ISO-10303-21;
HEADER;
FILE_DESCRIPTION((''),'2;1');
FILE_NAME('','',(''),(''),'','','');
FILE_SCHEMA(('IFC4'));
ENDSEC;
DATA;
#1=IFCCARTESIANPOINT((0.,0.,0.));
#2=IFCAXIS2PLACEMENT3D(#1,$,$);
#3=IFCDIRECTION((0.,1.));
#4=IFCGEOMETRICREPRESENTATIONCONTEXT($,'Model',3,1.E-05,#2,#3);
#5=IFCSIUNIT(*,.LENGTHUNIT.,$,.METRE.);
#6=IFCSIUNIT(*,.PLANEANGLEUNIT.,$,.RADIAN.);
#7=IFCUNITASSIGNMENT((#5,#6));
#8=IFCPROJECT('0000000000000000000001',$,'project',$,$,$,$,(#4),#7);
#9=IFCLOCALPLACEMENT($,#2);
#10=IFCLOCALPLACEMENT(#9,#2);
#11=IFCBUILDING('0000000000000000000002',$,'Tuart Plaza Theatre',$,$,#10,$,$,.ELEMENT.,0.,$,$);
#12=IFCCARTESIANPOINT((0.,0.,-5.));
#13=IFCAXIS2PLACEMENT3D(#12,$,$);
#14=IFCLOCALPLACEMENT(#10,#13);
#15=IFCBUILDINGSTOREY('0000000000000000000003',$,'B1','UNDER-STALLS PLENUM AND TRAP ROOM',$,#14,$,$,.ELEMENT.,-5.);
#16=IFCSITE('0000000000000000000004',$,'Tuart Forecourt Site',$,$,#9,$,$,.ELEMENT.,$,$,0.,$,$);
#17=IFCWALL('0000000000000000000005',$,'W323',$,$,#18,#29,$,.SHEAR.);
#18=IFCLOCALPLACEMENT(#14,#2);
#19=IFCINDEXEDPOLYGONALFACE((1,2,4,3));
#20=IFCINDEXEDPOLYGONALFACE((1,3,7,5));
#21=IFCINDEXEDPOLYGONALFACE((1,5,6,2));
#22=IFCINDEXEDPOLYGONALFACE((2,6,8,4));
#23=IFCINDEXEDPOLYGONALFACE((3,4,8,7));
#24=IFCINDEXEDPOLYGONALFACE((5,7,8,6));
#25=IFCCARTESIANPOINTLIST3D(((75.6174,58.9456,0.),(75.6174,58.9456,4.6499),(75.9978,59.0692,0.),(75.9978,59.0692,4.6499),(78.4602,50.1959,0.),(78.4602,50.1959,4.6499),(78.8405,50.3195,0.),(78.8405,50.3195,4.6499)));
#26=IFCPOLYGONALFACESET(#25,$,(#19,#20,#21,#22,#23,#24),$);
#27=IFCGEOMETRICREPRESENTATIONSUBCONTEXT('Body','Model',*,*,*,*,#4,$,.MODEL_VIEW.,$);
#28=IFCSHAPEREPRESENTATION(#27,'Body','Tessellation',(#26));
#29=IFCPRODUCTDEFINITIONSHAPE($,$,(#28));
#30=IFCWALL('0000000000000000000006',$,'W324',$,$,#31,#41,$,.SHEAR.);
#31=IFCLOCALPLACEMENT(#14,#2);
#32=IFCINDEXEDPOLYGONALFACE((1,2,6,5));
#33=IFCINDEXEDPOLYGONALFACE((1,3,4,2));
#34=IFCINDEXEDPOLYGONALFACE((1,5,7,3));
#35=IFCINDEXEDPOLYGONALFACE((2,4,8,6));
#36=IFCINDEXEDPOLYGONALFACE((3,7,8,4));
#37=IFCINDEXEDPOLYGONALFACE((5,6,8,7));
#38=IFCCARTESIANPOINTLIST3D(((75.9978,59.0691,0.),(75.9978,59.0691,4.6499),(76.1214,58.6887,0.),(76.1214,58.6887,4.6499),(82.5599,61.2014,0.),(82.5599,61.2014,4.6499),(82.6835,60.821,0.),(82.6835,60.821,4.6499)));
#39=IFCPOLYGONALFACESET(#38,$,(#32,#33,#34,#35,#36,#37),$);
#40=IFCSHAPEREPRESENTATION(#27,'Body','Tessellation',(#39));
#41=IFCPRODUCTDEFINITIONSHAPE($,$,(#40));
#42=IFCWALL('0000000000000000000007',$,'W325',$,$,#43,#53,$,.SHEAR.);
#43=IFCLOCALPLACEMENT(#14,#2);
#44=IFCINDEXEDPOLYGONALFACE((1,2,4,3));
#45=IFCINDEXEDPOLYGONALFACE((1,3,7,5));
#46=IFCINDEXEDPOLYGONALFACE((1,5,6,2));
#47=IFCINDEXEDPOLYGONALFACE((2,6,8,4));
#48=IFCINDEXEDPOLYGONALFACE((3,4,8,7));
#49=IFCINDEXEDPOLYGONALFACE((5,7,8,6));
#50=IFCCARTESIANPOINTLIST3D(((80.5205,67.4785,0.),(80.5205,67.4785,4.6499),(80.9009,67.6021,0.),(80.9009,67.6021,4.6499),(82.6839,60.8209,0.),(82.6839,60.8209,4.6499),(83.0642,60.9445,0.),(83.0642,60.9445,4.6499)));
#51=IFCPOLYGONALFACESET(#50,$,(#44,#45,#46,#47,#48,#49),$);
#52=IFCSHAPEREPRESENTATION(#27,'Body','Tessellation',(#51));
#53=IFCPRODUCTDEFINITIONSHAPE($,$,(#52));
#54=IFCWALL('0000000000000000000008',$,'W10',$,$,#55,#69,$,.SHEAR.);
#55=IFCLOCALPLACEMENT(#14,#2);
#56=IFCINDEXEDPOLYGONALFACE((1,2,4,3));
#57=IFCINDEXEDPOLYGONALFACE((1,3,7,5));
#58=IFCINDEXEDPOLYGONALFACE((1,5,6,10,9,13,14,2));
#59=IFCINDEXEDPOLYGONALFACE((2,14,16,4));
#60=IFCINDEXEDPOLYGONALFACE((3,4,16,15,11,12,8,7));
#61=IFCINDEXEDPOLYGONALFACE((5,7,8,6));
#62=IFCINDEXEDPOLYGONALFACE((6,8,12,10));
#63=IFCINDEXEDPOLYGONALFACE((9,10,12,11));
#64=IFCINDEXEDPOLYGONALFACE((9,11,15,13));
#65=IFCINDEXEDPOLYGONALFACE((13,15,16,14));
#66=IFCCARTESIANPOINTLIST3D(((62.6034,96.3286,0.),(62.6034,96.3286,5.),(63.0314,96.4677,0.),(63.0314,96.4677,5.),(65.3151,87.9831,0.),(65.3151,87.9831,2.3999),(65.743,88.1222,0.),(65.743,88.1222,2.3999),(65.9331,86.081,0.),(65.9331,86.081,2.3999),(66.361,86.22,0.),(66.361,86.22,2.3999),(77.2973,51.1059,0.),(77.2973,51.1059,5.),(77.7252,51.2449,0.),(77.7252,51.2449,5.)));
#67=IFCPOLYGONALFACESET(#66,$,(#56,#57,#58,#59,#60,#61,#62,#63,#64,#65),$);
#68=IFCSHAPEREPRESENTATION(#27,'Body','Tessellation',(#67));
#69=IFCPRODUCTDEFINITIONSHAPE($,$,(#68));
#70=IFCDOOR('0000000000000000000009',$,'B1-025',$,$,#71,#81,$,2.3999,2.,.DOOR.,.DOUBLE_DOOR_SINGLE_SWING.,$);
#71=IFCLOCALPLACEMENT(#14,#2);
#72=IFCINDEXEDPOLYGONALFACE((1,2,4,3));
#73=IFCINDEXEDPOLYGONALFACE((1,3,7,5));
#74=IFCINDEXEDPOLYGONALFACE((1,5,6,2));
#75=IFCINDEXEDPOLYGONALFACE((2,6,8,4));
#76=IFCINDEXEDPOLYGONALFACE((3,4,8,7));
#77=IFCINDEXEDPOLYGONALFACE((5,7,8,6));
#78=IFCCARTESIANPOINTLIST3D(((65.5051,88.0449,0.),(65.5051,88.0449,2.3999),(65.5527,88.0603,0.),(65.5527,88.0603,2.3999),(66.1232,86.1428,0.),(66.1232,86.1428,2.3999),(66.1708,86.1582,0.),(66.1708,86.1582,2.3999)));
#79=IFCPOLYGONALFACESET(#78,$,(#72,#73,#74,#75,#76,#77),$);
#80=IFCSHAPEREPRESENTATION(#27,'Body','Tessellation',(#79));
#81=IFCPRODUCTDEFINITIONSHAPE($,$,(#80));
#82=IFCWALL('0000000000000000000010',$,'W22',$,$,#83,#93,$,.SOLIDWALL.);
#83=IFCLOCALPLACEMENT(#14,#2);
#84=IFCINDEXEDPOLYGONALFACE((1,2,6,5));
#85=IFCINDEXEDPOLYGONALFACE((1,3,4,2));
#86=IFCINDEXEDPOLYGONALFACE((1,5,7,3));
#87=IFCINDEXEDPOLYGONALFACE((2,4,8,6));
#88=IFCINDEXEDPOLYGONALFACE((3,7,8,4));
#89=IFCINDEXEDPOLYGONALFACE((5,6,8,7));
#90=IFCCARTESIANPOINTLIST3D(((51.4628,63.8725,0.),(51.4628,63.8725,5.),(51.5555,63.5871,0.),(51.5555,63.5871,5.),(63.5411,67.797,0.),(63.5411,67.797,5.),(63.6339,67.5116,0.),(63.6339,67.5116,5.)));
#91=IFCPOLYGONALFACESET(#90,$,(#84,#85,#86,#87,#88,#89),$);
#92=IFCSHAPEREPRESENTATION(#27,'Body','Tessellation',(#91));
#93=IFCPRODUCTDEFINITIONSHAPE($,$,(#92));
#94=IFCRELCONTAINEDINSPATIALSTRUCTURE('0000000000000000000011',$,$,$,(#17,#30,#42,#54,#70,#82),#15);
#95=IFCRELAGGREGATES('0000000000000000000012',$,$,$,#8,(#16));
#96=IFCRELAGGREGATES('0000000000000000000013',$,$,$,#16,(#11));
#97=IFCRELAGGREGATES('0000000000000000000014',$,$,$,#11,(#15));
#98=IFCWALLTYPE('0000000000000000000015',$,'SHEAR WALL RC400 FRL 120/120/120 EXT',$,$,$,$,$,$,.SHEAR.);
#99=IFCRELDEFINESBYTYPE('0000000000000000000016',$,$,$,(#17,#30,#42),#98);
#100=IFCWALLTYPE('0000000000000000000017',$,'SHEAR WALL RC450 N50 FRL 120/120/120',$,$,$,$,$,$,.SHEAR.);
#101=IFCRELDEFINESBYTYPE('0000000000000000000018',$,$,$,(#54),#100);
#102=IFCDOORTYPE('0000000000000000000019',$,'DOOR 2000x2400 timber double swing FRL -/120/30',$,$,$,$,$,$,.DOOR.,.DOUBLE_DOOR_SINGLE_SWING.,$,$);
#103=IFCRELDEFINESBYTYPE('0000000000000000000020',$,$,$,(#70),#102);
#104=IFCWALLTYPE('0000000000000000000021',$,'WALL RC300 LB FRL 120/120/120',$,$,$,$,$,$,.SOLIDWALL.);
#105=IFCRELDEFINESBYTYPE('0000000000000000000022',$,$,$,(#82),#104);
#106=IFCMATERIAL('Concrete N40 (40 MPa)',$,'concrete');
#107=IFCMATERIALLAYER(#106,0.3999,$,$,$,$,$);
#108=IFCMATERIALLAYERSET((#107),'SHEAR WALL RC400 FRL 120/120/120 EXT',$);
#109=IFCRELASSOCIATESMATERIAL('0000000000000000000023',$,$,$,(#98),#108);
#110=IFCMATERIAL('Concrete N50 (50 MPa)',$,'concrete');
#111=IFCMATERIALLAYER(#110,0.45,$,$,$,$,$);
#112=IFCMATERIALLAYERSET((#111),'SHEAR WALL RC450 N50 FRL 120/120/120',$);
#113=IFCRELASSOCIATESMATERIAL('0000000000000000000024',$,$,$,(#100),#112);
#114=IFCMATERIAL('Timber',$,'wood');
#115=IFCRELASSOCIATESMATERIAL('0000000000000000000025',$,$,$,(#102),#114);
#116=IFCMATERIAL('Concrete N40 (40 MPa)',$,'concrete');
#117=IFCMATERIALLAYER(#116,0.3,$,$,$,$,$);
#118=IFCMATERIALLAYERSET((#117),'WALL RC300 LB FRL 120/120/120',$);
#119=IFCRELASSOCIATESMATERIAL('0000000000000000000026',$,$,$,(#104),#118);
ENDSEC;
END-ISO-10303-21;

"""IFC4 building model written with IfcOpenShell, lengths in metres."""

from ifc_helpers import new_model, si_unit, direction, frame, frame_2d, origin, place, context, subcontext, project, spatial, rectangle, extrude, material, layer, layer_set, type_object, element, fill, save


model = new_model("IFC4")

# Units and contexts
model_context = context("Model", 3, precision=1e-05, world=origin(), true_north=direction((0.0, 1.0)))
body_context = subcontext(model_context, "Body", "Model", "MODEL_VIEW")
ifc_project = project(units=[si_unit("LENGTHUNIT", "METRE"), si_unit("PLANEANGLEUNIT", "RADIAN")], contexts=[model_context])

# Site, building, storey
site_placement = place(None, origin())
site = spatial("IfcSite", under=ifc_project, at=site_placement, Name="Tuart Forecourt Site", CompositionType="ELEMENT", RefElevation=0.0)
building_placement = place(site_placement, origin())
building = spatial("IfcBuilding", under=site, at=building_placement, Name="Tuart Plaza Theatre", CompositionType="ELEMENT", ElevationOfRefHeight=0.0)
storey_placement = place(building_placement, frame((0.0, 0.0, -5.0)))
storey = spatial("IfcBuildingStorey", under=building, at=storey_placement, Name="B1", Description="UNDER-STALLS PLENUM AND TRAP ROOM", CompositionType="ELEMENT", Elevation=-5.0)

# Walls
ifc_material_1 = material(Name="Concrete N40 (40 MPa)", Category="concrete")
ifc_layer_1 = layer(ifc_material_1, 0.3999)
ifc_layer_set_1 = layer_set([ifc_layer_1], Name="SHEAR WALL RC400 FRL 120/120/120 EXT")
wall_type_1 = type_object("IfcWallType", Name="SHEAR WALL RC400 FRL 120/120/120 EXT", PredefinedType="SHEAR", material=ifc_layer_set_1)
wall_1_placement = place(storey_placement, frame((78.6504, 50.2576, 0.0), z_axis=(0.0, 0.0, 1.0), x_axis=(-0.308998, 0.951063, 0.0)))
element("IfcWall", 1, at=wall_1_placement, inside=storey, type_object=wall_type_1, Name="W323", PredefinedType="SHEAR", context=body_context, shape_type="SweptSolid", body=[
    extrude(rectangle(XDim=9.2, YDim=0.3999, at=frame_2d((4.6001, 0.0))), origin(), (0.0, 0.0, 1.0), 4.6499),
])
wall_2_placement = place(storey_placement, frame((76.0596, 58.8789, 0.0), z_axis=(0.0, 0.0, 1.0), x_axis=(0.951051, 0.309032, 0.0)))
element("IfcWall", 2, at=wall_2_placement, inside=storey, type_object=wall_type_1, Name="W324", PredefinedType="SHEAR", context=body_context, shape_type="SweptSolid", body=[
    extrude(rectangle(XDim=6.8999, YDim=0.3999, at=frame_2d((3.45, 0.0))), origin(), (0.0, 0.0, 1.0), 4.6499),
])
wall_3_placement = place(storey_placement, frame((82.874, 60.8828, 0.0), z_axis=(0.0, 0.0, 1.0), x_axis=(-0.309041, 0.951049, 0.0)))
element("IfcWall", 3, at=wall_3_placement, inside=storey, type_object=wall_type_1, Name="W325", PredefinedType="SHEAR", context=body_context, shape_type="SweptSolid", body=[
    extrude(rectangle(XDim=7.0002, YDim=0.3999, at=frame_2d((3.5, 0.0))), origin(), (0.0, 0.0, 1.0), 4.6499),
])

# Wall, opening, door
ifc_material_2 = material(Name="Concrete N50 (50 MPa)", Category="concrete")
ifc_layer_2 = layer(ifc_material_2, 0.45)
ifc_layer_set_2 = layer_set([ifc_layer_2], Name="SHEAR WALL RC450 N50 FRL 120/120/120")
wall_type_2 = type_object("IfcWallType", Name="SHEAR WALL RC450 N50 FRL 120/120/120", PredefinedType="SHEAR", material=ifc_layer_set_2)
wall_4_placement = place(storey_placement, frame((77.5112, 51.1755, 0.0), z_axis=(0.0, 0.0, 1.0), x_axis=(-0.309019, 0.951056, 0.0)))
wall_4 = element("IfcWall", 4, at=wall_4_placement, inside=storey, type_object=wall_type_2, Name="W10", PredefinedType="SHEAR", context=body_context, shape_type="SweptSolid", body=[
    extrude(rectangle(XDim=47.55, YDim=0.45, at=frame_2d((23.7749, 0.0))), origin(), (0.0, 0.0, 1.0), 5.0),
])
opening_1_placement = place(wall_4_placement, frame((36.7749, 0.0, 0.0)))
opening_1 = element("IfcOpeningElement", 5, at=opening_1_placement, cuts=wall_4, PredefinedType="OPENING", context=body_context, shape_type="SweptSolid", body=[
    extrude(rectangle(XDim=2.0, YDim=2.3999, at=frame_2d((1.0, 1.2))), frame((0.0, 0.2349, 0.0), z_axis=(0.0, -1.0, 0.0), x_axis=(1.0, 0.0, 0.0)), (0.0, 0.0, 1.0), 0.47),
])
ifc_material_3 = material(Name="Timber", Category="wood")
door_type_1 = type_object("IfcDoorType", Name="DOOR 2000x2400 timber double swing FRL -/120/30", OperationType="DOUBLE_DOOR_SINGLE_SWING", PredefinedType="DOOR", material=ifc_material_3)
door_1_placement = place(opening_1_placement, frame((2.0, 0.0, 0.0), z_axis=(0.0, 0.0, 1.0), x_axis=(-1.0, 0.0, 0.0)))
door_1 = element("IfcDoor", 6, at=door_1_placement, inside=storey, type_object=door_type_1, Name="B1-025", OperationType="DOUBLE_DOOR_SINGLE_SWING", OverallHeight=2.3999, OverallWidth=2.0, PredefinedType="DOOR", context=body_context, shape_type="SweptSolid", body=[
    extrude(rectangle(XDim=2.0, YDim=2.3999, at=frame_2d((1.0, 1.2))), frame((0.0, 0.0249, 0.0), z_axis=(0.0, -1.0, 0.0), x_axis=(1.0, 0.0, 0.0)), (0.0, 0.0, 1.0), 0.05),
])
fill(opening_1, door_1)

# Wall
ifc_material_4 = material(Name="Concrete N40 (40 MPa)", Category="concrete")
ifc_layer_3 = layer(ifc_material_4, 0.3)
ifc_layer_set_3 = layer_set([ifc_layer_3], Name="WALL RC300 LB FRL 120/120/120")
wall_type_3 = type_object("IfcWallType", Name="WALL RC300 LB FRL 120/120/120", PredefinedType="SOLIDWALL", material=ifc_layer_set_3)
wall_5_placement = place(storey_placement, frame((51.509, 63.7297, 0.0), z_axis=(0.0, 0.0, 1.0), x_axis=(0.951055, 0.309021, 0.0)))
element("IfcWall", 7, at=wall_5_placement, inside=storey, type_object=wall_type_3, Name="W22", PredefinedType="SOLIDWALL", context=body_context, shape_type="SweptSolid", body=[
    extrude(rectangle(XDim=12.7, YDim=0.3, at=frame_2d((6.3501, 0.0))), origin(), (0.0, 0.0, 1.0), 5.0),
])

save(model, "model.ifc")
